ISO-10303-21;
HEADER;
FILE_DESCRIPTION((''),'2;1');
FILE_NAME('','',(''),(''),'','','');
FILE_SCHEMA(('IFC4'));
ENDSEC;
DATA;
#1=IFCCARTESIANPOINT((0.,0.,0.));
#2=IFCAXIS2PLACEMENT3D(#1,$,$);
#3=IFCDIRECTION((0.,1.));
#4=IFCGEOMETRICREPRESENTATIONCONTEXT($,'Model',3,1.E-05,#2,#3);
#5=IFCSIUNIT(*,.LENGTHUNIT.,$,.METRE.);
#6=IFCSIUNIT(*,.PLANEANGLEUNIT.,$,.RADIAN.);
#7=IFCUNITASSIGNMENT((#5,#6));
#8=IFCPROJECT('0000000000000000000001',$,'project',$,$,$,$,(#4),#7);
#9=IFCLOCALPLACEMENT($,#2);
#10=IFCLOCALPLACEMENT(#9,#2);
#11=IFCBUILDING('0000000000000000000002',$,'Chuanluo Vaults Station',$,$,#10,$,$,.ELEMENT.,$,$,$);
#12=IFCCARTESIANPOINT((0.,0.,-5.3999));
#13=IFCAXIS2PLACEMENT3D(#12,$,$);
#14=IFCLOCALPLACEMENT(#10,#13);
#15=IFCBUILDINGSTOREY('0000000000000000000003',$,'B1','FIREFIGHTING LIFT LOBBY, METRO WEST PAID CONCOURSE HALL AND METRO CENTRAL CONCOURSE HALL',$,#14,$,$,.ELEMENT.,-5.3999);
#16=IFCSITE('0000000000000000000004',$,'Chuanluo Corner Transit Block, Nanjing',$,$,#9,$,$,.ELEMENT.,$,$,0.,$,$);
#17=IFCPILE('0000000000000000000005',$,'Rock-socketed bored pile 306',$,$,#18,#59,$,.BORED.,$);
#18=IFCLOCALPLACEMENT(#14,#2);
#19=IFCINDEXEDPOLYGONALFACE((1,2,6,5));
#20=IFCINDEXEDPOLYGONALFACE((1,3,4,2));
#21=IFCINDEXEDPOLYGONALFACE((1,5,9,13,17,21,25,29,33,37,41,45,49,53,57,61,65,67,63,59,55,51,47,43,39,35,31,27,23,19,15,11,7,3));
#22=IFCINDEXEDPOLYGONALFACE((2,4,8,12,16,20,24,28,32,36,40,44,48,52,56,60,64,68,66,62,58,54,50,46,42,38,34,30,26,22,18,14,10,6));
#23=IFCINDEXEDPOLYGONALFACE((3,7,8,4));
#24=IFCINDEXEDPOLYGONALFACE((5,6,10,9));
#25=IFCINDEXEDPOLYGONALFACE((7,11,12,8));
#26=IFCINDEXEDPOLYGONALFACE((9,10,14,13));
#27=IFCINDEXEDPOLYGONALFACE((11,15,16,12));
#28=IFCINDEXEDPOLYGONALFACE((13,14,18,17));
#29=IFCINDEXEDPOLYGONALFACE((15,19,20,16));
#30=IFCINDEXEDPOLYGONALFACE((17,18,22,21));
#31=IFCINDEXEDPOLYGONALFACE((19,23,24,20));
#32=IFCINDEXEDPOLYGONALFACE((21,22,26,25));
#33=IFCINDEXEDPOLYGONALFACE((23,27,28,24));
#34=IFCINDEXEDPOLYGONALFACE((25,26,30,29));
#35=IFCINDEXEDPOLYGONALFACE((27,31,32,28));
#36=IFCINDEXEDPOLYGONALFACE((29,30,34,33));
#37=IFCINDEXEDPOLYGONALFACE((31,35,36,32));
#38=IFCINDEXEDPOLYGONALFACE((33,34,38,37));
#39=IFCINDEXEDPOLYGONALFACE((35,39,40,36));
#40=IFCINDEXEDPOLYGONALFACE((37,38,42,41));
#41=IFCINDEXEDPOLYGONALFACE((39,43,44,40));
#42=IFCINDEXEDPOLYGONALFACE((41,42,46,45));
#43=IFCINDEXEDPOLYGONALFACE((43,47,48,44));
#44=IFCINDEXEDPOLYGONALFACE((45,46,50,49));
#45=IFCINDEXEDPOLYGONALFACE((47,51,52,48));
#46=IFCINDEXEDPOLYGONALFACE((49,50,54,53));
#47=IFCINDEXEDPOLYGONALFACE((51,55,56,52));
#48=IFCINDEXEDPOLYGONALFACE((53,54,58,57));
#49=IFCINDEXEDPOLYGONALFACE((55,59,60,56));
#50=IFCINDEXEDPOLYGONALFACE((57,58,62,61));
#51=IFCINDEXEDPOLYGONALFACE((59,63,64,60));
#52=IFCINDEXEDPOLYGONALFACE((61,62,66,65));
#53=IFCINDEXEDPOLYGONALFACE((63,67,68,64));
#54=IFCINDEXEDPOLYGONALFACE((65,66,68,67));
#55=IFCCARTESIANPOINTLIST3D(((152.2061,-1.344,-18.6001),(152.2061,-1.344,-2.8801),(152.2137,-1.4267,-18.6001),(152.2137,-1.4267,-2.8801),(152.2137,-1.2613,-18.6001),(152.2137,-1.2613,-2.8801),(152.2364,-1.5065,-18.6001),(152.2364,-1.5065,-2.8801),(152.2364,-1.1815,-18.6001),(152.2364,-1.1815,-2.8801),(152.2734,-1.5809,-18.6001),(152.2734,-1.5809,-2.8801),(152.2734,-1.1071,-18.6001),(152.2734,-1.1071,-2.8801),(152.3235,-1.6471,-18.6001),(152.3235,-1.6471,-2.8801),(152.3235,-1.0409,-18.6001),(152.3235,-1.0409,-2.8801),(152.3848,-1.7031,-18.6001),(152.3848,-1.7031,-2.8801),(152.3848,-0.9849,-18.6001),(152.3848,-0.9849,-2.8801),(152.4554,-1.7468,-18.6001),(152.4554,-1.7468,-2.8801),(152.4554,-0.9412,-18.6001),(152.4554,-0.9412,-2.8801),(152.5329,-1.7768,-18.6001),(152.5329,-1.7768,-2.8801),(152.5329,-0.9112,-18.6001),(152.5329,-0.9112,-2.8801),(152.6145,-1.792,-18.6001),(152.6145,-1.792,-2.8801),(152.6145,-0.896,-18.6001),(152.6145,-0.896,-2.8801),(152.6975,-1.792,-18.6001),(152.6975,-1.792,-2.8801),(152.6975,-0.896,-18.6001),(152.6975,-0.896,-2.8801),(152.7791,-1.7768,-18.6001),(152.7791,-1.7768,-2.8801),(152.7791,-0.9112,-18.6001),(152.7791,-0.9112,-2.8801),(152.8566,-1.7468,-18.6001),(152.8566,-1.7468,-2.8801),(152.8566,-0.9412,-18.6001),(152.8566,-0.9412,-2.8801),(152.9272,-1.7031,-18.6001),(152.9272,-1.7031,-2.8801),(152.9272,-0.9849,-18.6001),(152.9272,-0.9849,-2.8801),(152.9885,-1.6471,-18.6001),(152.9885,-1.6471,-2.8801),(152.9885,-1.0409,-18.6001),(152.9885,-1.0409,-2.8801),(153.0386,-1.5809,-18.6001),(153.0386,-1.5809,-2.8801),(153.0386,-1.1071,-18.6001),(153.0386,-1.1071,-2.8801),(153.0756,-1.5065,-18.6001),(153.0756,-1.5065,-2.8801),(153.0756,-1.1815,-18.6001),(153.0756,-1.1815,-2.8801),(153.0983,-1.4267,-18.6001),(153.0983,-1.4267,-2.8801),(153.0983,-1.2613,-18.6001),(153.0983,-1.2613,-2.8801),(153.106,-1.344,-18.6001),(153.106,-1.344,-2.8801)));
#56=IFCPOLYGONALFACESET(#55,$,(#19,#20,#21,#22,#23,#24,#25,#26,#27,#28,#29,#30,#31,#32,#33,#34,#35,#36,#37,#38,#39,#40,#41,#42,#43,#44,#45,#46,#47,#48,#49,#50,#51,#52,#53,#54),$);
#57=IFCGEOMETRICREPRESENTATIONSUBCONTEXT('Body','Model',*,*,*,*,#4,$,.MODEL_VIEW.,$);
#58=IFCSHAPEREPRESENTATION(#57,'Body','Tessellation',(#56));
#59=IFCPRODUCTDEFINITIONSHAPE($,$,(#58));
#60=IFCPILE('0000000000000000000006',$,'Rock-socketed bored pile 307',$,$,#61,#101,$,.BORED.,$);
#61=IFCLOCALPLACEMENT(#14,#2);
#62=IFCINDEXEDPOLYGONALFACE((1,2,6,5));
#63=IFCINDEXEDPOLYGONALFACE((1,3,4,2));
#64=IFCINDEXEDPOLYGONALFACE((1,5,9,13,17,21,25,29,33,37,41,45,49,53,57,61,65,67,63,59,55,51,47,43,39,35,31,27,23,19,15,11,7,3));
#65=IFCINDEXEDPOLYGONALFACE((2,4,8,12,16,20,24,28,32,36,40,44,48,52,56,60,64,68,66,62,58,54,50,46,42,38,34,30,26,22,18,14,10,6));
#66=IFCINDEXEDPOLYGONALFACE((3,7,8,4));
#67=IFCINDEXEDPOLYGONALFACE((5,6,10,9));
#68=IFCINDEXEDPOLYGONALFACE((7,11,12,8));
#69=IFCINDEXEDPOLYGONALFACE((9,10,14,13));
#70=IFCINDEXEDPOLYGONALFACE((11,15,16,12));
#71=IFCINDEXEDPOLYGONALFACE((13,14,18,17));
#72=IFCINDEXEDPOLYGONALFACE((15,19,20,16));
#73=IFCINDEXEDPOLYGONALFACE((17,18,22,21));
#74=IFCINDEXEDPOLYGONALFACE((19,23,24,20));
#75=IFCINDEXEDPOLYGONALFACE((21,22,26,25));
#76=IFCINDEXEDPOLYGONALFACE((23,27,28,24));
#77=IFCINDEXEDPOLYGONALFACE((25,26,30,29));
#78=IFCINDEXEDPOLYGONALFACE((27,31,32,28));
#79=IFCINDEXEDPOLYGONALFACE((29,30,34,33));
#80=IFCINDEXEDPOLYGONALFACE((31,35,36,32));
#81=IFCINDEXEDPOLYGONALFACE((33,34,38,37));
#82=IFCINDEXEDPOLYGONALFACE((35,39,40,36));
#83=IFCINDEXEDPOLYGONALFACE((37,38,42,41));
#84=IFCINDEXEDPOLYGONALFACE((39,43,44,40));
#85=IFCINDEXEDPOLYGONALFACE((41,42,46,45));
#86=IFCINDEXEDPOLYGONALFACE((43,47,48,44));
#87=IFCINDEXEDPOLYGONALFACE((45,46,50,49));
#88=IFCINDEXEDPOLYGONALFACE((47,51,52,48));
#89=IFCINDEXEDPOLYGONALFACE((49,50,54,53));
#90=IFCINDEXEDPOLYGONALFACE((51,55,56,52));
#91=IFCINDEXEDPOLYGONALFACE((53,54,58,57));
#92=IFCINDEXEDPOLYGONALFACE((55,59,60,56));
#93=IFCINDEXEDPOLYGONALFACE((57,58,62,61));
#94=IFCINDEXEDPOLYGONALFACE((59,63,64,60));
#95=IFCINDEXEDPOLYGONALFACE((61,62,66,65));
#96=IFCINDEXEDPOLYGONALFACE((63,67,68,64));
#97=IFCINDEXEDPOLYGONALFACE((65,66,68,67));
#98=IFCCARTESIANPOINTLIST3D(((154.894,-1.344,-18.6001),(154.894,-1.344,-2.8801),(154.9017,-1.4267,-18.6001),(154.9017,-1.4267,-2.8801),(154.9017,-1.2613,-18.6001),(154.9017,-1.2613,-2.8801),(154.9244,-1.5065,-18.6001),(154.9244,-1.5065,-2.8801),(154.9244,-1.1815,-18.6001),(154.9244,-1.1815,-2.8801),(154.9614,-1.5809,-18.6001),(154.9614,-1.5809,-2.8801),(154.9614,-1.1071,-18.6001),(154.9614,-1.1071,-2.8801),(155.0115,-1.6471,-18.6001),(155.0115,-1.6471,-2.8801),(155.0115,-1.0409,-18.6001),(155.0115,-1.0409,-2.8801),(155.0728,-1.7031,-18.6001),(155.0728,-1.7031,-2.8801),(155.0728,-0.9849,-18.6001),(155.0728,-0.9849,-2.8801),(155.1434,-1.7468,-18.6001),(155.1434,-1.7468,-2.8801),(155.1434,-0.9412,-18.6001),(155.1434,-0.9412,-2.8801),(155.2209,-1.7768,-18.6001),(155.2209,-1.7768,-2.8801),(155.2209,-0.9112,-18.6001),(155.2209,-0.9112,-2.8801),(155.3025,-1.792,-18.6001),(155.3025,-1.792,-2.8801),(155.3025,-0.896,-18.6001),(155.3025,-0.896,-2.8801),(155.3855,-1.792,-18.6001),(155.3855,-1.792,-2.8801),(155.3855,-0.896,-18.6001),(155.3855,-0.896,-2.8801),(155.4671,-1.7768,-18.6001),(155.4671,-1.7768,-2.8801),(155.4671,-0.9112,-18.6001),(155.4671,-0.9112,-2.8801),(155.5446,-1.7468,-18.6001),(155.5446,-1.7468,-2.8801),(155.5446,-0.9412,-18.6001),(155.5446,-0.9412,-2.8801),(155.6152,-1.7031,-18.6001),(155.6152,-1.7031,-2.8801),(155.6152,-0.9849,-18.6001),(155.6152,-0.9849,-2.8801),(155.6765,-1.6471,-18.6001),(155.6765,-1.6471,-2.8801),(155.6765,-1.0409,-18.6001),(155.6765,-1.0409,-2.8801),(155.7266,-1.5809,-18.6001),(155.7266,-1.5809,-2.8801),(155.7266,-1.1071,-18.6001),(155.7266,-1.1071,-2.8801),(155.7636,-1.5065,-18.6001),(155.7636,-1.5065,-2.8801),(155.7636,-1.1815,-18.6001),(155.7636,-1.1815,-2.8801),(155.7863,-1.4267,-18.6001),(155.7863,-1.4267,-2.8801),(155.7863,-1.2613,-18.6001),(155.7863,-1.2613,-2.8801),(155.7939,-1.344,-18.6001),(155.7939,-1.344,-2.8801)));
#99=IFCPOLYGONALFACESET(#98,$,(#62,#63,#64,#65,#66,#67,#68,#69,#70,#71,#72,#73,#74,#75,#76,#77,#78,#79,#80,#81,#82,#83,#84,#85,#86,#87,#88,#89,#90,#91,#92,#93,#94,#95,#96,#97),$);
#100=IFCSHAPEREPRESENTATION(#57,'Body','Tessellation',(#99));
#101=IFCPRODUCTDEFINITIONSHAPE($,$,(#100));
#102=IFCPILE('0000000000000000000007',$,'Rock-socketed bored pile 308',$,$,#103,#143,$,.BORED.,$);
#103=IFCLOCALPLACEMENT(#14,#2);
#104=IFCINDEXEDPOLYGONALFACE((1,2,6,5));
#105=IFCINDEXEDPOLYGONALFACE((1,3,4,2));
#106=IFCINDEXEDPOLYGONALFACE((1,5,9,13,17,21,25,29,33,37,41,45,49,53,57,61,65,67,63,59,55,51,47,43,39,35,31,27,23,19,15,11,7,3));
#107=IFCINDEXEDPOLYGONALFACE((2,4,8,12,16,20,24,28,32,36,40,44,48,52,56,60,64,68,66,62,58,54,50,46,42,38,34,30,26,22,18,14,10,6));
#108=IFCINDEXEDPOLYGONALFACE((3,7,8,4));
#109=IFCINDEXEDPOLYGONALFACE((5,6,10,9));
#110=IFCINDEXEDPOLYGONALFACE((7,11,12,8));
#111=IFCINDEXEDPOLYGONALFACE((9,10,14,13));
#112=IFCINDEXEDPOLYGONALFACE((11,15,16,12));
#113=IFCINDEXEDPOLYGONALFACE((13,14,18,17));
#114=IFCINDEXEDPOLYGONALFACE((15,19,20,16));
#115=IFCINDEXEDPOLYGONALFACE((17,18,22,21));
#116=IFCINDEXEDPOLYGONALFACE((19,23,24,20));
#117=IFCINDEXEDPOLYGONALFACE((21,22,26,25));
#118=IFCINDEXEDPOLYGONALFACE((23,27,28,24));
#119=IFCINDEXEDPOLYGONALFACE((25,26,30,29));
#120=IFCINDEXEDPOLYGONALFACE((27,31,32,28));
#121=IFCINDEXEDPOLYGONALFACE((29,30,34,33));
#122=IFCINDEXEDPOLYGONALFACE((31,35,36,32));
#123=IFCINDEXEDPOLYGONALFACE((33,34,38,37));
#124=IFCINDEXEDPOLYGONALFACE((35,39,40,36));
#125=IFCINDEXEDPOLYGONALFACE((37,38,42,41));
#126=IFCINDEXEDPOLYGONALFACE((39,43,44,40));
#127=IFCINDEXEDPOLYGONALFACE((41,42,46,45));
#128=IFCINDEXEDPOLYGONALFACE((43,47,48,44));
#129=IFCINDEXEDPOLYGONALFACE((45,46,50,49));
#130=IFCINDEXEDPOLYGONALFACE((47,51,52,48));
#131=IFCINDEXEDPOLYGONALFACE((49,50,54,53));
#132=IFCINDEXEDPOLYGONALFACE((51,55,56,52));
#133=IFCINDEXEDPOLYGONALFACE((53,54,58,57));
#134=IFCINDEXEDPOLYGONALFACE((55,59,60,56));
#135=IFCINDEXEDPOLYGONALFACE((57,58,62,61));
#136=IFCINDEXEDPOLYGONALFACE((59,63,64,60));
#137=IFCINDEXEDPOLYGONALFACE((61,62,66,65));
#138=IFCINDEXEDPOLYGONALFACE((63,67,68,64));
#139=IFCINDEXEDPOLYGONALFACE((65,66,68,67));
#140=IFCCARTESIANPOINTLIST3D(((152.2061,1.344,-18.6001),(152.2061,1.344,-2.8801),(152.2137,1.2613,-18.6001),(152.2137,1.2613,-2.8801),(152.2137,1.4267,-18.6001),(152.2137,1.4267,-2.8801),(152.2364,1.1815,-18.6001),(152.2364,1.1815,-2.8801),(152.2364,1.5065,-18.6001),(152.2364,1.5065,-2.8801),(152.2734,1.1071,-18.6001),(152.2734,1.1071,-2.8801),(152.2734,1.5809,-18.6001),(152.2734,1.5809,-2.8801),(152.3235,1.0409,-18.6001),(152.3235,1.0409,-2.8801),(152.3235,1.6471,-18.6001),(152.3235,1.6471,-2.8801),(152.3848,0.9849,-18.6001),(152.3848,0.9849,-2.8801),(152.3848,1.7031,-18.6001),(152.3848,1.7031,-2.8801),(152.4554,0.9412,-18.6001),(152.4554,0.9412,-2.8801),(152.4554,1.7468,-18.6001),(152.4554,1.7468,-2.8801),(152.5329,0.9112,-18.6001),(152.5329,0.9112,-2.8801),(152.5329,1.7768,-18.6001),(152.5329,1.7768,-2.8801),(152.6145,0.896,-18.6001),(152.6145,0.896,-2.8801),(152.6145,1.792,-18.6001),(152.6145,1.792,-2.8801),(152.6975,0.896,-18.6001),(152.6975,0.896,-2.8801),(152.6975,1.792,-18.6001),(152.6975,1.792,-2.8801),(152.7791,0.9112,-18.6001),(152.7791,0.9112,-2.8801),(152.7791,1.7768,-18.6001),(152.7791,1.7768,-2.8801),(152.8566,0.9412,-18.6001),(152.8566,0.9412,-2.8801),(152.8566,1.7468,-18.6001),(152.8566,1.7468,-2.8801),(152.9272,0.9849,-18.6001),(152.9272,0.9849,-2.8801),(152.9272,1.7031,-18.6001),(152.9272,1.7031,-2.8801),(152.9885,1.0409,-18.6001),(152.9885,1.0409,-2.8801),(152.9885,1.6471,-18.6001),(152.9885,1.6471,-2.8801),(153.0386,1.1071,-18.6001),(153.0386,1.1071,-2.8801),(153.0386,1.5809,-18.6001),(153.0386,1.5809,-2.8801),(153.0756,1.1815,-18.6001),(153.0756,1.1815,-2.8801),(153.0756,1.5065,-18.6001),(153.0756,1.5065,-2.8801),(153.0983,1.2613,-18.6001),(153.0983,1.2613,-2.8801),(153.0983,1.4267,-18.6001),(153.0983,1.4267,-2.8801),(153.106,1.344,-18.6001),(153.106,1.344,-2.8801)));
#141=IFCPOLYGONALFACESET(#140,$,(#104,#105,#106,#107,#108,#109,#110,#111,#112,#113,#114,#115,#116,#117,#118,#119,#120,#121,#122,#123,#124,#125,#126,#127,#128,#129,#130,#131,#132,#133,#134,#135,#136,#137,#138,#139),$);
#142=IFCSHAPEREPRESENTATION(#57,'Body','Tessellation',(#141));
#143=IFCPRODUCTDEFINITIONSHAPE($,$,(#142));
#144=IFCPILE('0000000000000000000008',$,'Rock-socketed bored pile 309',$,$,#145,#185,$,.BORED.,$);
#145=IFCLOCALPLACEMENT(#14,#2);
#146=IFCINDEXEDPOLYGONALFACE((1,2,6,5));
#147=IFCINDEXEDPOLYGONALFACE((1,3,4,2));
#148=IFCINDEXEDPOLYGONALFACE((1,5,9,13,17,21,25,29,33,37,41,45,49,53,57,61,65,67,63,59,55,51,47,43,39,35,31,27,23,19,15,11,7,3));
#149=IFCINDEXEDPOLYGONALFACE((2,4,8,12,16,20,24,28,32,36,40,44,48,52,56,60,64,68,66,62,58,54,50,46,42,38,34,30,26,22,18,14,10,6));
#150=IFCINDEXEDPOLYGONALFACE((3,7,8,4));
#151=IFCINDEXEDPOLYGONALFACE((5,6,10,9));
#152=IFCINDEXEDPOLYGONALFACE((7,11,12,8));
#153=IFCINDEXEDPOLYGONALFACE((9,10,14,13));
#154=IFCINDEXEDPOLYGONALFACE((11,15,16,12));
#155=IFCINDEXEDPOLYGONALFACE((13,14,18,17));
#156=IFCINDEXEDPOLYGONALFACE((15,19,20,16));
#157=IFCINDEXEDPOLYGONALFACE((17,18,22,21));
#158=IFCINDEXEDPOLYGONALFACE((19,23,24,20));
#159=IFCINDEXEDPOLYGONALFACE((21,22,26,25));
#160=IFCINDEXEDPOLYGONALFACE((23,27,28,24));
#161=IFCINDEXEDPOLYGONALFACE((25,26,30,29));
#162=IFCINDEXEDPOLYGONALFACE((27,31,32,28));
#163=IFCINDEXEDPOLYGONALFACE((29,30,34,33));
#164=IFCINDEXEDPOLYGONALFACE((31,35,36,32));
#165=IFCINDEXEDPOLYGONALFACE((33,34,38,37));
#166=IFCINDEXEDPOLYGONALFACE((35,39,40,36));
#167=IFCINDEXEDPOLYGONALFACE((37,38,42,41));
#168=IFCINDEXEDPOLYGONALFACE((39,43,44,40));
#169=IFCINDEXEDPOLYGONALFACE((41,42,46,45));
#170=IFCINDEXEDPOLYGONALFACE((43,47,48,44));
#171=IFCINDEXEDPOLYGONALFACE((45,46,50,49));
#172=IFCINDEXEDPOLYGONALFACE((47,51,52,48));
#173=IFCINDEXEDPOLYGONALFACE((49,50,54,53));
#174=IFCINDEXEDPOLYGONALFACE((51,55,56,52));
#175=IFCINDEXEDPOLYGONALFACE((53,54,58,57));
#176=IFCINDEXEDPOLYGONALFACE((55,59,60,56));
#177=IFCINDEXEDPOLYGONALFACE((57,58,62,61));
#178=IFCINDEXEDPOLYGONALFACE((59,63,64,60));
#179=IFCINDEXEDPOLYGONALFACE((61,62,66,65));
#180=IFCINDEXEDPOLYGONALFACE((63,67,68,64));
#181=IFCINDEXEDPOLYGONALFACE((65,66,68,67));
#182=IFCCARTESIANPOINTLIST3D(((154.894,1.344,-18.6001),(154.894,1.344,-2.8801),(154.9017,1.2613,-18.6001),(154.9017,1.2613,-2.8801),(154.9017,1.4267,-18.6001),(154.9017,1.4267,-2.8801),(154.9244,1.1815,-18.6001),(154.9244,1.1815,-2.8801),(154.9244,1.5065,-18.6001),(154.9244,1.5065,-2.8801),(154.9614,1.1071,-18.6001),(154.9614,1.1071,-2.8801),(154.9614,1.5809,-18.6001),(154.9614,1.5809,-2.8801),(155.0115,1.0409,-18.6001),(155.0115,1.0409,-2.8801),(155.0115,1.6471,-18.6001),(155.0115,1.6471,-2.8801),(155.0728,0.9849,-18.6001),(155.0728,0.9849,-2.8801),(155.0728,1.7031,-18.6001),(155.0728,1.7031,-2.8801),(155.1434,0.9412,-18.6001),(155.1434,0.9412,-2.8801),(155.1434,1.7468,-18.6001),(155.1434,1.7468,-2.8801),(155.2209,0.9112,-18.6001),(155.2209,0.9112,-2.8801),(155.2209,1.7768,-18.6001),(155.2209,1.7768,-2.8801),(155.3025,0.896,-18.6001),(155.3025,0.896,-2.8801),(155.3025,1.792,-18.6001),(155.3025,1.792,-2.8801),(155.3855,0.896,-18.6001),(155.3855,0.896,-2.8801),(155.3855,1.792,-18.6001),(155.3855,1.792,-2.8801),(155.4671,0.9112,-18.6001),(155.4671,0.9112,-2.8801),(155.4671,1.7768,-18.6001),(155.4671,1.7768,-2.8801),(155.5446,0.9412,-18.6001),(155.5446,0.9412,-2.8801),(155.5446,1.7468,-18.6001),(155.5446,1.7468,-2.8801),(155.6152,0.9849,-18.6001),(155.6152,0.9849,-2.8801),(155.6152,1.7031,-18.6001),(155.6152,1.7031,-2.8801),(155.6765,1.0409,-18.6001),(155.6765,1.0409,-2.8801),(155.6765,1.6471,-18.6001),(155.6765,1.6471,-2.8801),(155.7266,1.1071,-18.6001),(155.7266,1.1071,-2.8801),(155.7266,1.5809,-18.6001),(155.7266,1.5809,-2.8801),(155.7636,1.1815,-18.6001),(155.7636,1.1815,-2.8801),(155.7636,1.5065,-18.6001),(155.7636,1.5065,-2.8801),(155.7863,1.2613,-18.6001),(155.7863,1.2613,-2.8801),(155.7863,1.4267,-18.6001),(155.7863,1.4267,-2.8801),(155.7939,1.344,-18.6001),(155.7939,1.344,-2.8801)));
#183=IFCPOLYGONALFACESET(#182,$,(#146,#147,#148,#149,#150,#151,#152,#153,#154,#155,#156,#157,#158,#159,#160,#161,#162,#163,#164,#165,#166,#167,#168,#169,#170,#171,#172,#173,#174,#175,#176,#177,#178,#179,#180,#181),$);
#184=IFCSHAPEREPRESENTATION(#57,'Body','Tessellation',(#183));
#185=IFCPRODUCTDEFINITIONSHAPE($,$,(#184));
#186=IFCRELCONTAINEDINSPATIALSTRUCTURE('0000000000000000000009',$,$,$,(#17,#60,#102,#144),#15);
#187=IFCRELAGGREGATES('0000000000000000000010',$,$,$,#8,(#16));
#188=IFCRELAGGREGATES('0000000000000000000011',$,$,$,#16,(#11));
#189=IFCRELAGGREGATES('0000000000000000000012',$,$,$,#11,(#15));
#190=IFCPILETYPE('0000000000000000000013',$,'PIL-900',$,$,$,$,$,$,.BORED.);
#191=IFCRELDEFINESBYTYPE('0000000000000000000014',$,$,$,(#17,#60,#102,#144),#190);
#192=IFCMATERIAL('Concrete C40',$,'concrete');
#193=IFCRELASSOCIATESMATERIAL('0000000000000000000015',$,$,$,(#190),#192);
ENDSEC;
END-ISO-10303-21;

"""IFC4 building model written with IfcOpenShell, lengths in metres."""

from ifc_helpers import new_model, si_unit, direction, frame, origin, origin_2d, place, context, subcontext, project, spatial, circle, extrude, material, material_profile, profile_set, type_object, element, save


model = new_model("IFC4")

# Units and contexts
model_context = context("Model", 3, precision=1e-05, world=origin(), true_north=direction((0.0, 1.0)))
body_context = subcontext(model_context, "Body", "Model", "MODEL_VIEW")
ifc_project = project(units=[si_unit("LENGTHUNIT", "METRE"), si_unit("PLANEANGLEUNIT", "RADIAN")], contexts=[model_context])

# Site, building, storey
site_placement = place(None, origin())
site = spatial("IfcSite", under=ifc_project, at=site_placement, Name="Chuanluo Corner Transit Block, Nanjing", CompositionType="ELEMENT", RefElevation=0.0)
building_placement = place(site_placement, origin())
building = spatial("IfcBuilding", under=site, at=building_placement, Name="Chuanluo Vaults Station", CompositionType="ELEMENT")
storey_placement = place(building_placement, frame((0.0, 0.0, -5.3999)))
storey = spatial("IfcBuildingStorey", under=building, at=storey_placement, Name="B1", Description="FIREFIGHTING LIFT LOBBY, METRO WEST PAID CONCOURSE HALL AND METRO CENTRAL CONCOURSE HALL", CompositionType="ELEMENT", Elevation=-5.3999)

# Piles
ifc_material_1 = material(Name="Concrete C40", Category="concrete")
ifc_material_profile_1 = material_profile(ifc_material_1, circle(Radius=0.45, at=origin_2d()))
ifc_profile_set_1 = profile_set([ifc_material_profile_1], Name="Concrete C40")
pile_type_1 = type_object("IfcPileType", Name="PIL-900", PredefinedType="BORED", material=ifc_profile_set_1)
for number, where, z_axis, x_axis, name in (
    (1, (152.656, -1.344, -2.8801), (0.0, 0.0, -1.0), (1.0, 0.0, 0.0), "Rock-socketed bored pile 306"),
    (2, (155.344, -1.344, -2.8801), (0.0, 0.0, -1.0), (1.0, 0.0, 0.0), "Rock-socketed bored pile 307"),
    (3, (152.656, 1.344, -2.8801), (0.0, 0.0, -1.0), (1.0, 0.0, 0.0), "Rock-socketed bored pile 308"),
    (4, (155.344, 1.344, -2.8801), (0.0, 0.0, -1.0), (1.0, 0.0, 0.0), "Rock-socketed bored pile 309"),
):
    element("IfcPile", number, at=place(storey_placement, frame(where, z_axis=z_axis, x_axis=x_axis)), inside=storey, type_object=pile_type_1, Name=name, PredefinedType="BORED", context=body_context, shape_type="SweptSolid", body=[
        extrude(circle(Radius=0.45, at=origin_2d()), origin(), (0.0, 0.0, 1.0), 15.72),
    ])

save(model, "model.ifc")
